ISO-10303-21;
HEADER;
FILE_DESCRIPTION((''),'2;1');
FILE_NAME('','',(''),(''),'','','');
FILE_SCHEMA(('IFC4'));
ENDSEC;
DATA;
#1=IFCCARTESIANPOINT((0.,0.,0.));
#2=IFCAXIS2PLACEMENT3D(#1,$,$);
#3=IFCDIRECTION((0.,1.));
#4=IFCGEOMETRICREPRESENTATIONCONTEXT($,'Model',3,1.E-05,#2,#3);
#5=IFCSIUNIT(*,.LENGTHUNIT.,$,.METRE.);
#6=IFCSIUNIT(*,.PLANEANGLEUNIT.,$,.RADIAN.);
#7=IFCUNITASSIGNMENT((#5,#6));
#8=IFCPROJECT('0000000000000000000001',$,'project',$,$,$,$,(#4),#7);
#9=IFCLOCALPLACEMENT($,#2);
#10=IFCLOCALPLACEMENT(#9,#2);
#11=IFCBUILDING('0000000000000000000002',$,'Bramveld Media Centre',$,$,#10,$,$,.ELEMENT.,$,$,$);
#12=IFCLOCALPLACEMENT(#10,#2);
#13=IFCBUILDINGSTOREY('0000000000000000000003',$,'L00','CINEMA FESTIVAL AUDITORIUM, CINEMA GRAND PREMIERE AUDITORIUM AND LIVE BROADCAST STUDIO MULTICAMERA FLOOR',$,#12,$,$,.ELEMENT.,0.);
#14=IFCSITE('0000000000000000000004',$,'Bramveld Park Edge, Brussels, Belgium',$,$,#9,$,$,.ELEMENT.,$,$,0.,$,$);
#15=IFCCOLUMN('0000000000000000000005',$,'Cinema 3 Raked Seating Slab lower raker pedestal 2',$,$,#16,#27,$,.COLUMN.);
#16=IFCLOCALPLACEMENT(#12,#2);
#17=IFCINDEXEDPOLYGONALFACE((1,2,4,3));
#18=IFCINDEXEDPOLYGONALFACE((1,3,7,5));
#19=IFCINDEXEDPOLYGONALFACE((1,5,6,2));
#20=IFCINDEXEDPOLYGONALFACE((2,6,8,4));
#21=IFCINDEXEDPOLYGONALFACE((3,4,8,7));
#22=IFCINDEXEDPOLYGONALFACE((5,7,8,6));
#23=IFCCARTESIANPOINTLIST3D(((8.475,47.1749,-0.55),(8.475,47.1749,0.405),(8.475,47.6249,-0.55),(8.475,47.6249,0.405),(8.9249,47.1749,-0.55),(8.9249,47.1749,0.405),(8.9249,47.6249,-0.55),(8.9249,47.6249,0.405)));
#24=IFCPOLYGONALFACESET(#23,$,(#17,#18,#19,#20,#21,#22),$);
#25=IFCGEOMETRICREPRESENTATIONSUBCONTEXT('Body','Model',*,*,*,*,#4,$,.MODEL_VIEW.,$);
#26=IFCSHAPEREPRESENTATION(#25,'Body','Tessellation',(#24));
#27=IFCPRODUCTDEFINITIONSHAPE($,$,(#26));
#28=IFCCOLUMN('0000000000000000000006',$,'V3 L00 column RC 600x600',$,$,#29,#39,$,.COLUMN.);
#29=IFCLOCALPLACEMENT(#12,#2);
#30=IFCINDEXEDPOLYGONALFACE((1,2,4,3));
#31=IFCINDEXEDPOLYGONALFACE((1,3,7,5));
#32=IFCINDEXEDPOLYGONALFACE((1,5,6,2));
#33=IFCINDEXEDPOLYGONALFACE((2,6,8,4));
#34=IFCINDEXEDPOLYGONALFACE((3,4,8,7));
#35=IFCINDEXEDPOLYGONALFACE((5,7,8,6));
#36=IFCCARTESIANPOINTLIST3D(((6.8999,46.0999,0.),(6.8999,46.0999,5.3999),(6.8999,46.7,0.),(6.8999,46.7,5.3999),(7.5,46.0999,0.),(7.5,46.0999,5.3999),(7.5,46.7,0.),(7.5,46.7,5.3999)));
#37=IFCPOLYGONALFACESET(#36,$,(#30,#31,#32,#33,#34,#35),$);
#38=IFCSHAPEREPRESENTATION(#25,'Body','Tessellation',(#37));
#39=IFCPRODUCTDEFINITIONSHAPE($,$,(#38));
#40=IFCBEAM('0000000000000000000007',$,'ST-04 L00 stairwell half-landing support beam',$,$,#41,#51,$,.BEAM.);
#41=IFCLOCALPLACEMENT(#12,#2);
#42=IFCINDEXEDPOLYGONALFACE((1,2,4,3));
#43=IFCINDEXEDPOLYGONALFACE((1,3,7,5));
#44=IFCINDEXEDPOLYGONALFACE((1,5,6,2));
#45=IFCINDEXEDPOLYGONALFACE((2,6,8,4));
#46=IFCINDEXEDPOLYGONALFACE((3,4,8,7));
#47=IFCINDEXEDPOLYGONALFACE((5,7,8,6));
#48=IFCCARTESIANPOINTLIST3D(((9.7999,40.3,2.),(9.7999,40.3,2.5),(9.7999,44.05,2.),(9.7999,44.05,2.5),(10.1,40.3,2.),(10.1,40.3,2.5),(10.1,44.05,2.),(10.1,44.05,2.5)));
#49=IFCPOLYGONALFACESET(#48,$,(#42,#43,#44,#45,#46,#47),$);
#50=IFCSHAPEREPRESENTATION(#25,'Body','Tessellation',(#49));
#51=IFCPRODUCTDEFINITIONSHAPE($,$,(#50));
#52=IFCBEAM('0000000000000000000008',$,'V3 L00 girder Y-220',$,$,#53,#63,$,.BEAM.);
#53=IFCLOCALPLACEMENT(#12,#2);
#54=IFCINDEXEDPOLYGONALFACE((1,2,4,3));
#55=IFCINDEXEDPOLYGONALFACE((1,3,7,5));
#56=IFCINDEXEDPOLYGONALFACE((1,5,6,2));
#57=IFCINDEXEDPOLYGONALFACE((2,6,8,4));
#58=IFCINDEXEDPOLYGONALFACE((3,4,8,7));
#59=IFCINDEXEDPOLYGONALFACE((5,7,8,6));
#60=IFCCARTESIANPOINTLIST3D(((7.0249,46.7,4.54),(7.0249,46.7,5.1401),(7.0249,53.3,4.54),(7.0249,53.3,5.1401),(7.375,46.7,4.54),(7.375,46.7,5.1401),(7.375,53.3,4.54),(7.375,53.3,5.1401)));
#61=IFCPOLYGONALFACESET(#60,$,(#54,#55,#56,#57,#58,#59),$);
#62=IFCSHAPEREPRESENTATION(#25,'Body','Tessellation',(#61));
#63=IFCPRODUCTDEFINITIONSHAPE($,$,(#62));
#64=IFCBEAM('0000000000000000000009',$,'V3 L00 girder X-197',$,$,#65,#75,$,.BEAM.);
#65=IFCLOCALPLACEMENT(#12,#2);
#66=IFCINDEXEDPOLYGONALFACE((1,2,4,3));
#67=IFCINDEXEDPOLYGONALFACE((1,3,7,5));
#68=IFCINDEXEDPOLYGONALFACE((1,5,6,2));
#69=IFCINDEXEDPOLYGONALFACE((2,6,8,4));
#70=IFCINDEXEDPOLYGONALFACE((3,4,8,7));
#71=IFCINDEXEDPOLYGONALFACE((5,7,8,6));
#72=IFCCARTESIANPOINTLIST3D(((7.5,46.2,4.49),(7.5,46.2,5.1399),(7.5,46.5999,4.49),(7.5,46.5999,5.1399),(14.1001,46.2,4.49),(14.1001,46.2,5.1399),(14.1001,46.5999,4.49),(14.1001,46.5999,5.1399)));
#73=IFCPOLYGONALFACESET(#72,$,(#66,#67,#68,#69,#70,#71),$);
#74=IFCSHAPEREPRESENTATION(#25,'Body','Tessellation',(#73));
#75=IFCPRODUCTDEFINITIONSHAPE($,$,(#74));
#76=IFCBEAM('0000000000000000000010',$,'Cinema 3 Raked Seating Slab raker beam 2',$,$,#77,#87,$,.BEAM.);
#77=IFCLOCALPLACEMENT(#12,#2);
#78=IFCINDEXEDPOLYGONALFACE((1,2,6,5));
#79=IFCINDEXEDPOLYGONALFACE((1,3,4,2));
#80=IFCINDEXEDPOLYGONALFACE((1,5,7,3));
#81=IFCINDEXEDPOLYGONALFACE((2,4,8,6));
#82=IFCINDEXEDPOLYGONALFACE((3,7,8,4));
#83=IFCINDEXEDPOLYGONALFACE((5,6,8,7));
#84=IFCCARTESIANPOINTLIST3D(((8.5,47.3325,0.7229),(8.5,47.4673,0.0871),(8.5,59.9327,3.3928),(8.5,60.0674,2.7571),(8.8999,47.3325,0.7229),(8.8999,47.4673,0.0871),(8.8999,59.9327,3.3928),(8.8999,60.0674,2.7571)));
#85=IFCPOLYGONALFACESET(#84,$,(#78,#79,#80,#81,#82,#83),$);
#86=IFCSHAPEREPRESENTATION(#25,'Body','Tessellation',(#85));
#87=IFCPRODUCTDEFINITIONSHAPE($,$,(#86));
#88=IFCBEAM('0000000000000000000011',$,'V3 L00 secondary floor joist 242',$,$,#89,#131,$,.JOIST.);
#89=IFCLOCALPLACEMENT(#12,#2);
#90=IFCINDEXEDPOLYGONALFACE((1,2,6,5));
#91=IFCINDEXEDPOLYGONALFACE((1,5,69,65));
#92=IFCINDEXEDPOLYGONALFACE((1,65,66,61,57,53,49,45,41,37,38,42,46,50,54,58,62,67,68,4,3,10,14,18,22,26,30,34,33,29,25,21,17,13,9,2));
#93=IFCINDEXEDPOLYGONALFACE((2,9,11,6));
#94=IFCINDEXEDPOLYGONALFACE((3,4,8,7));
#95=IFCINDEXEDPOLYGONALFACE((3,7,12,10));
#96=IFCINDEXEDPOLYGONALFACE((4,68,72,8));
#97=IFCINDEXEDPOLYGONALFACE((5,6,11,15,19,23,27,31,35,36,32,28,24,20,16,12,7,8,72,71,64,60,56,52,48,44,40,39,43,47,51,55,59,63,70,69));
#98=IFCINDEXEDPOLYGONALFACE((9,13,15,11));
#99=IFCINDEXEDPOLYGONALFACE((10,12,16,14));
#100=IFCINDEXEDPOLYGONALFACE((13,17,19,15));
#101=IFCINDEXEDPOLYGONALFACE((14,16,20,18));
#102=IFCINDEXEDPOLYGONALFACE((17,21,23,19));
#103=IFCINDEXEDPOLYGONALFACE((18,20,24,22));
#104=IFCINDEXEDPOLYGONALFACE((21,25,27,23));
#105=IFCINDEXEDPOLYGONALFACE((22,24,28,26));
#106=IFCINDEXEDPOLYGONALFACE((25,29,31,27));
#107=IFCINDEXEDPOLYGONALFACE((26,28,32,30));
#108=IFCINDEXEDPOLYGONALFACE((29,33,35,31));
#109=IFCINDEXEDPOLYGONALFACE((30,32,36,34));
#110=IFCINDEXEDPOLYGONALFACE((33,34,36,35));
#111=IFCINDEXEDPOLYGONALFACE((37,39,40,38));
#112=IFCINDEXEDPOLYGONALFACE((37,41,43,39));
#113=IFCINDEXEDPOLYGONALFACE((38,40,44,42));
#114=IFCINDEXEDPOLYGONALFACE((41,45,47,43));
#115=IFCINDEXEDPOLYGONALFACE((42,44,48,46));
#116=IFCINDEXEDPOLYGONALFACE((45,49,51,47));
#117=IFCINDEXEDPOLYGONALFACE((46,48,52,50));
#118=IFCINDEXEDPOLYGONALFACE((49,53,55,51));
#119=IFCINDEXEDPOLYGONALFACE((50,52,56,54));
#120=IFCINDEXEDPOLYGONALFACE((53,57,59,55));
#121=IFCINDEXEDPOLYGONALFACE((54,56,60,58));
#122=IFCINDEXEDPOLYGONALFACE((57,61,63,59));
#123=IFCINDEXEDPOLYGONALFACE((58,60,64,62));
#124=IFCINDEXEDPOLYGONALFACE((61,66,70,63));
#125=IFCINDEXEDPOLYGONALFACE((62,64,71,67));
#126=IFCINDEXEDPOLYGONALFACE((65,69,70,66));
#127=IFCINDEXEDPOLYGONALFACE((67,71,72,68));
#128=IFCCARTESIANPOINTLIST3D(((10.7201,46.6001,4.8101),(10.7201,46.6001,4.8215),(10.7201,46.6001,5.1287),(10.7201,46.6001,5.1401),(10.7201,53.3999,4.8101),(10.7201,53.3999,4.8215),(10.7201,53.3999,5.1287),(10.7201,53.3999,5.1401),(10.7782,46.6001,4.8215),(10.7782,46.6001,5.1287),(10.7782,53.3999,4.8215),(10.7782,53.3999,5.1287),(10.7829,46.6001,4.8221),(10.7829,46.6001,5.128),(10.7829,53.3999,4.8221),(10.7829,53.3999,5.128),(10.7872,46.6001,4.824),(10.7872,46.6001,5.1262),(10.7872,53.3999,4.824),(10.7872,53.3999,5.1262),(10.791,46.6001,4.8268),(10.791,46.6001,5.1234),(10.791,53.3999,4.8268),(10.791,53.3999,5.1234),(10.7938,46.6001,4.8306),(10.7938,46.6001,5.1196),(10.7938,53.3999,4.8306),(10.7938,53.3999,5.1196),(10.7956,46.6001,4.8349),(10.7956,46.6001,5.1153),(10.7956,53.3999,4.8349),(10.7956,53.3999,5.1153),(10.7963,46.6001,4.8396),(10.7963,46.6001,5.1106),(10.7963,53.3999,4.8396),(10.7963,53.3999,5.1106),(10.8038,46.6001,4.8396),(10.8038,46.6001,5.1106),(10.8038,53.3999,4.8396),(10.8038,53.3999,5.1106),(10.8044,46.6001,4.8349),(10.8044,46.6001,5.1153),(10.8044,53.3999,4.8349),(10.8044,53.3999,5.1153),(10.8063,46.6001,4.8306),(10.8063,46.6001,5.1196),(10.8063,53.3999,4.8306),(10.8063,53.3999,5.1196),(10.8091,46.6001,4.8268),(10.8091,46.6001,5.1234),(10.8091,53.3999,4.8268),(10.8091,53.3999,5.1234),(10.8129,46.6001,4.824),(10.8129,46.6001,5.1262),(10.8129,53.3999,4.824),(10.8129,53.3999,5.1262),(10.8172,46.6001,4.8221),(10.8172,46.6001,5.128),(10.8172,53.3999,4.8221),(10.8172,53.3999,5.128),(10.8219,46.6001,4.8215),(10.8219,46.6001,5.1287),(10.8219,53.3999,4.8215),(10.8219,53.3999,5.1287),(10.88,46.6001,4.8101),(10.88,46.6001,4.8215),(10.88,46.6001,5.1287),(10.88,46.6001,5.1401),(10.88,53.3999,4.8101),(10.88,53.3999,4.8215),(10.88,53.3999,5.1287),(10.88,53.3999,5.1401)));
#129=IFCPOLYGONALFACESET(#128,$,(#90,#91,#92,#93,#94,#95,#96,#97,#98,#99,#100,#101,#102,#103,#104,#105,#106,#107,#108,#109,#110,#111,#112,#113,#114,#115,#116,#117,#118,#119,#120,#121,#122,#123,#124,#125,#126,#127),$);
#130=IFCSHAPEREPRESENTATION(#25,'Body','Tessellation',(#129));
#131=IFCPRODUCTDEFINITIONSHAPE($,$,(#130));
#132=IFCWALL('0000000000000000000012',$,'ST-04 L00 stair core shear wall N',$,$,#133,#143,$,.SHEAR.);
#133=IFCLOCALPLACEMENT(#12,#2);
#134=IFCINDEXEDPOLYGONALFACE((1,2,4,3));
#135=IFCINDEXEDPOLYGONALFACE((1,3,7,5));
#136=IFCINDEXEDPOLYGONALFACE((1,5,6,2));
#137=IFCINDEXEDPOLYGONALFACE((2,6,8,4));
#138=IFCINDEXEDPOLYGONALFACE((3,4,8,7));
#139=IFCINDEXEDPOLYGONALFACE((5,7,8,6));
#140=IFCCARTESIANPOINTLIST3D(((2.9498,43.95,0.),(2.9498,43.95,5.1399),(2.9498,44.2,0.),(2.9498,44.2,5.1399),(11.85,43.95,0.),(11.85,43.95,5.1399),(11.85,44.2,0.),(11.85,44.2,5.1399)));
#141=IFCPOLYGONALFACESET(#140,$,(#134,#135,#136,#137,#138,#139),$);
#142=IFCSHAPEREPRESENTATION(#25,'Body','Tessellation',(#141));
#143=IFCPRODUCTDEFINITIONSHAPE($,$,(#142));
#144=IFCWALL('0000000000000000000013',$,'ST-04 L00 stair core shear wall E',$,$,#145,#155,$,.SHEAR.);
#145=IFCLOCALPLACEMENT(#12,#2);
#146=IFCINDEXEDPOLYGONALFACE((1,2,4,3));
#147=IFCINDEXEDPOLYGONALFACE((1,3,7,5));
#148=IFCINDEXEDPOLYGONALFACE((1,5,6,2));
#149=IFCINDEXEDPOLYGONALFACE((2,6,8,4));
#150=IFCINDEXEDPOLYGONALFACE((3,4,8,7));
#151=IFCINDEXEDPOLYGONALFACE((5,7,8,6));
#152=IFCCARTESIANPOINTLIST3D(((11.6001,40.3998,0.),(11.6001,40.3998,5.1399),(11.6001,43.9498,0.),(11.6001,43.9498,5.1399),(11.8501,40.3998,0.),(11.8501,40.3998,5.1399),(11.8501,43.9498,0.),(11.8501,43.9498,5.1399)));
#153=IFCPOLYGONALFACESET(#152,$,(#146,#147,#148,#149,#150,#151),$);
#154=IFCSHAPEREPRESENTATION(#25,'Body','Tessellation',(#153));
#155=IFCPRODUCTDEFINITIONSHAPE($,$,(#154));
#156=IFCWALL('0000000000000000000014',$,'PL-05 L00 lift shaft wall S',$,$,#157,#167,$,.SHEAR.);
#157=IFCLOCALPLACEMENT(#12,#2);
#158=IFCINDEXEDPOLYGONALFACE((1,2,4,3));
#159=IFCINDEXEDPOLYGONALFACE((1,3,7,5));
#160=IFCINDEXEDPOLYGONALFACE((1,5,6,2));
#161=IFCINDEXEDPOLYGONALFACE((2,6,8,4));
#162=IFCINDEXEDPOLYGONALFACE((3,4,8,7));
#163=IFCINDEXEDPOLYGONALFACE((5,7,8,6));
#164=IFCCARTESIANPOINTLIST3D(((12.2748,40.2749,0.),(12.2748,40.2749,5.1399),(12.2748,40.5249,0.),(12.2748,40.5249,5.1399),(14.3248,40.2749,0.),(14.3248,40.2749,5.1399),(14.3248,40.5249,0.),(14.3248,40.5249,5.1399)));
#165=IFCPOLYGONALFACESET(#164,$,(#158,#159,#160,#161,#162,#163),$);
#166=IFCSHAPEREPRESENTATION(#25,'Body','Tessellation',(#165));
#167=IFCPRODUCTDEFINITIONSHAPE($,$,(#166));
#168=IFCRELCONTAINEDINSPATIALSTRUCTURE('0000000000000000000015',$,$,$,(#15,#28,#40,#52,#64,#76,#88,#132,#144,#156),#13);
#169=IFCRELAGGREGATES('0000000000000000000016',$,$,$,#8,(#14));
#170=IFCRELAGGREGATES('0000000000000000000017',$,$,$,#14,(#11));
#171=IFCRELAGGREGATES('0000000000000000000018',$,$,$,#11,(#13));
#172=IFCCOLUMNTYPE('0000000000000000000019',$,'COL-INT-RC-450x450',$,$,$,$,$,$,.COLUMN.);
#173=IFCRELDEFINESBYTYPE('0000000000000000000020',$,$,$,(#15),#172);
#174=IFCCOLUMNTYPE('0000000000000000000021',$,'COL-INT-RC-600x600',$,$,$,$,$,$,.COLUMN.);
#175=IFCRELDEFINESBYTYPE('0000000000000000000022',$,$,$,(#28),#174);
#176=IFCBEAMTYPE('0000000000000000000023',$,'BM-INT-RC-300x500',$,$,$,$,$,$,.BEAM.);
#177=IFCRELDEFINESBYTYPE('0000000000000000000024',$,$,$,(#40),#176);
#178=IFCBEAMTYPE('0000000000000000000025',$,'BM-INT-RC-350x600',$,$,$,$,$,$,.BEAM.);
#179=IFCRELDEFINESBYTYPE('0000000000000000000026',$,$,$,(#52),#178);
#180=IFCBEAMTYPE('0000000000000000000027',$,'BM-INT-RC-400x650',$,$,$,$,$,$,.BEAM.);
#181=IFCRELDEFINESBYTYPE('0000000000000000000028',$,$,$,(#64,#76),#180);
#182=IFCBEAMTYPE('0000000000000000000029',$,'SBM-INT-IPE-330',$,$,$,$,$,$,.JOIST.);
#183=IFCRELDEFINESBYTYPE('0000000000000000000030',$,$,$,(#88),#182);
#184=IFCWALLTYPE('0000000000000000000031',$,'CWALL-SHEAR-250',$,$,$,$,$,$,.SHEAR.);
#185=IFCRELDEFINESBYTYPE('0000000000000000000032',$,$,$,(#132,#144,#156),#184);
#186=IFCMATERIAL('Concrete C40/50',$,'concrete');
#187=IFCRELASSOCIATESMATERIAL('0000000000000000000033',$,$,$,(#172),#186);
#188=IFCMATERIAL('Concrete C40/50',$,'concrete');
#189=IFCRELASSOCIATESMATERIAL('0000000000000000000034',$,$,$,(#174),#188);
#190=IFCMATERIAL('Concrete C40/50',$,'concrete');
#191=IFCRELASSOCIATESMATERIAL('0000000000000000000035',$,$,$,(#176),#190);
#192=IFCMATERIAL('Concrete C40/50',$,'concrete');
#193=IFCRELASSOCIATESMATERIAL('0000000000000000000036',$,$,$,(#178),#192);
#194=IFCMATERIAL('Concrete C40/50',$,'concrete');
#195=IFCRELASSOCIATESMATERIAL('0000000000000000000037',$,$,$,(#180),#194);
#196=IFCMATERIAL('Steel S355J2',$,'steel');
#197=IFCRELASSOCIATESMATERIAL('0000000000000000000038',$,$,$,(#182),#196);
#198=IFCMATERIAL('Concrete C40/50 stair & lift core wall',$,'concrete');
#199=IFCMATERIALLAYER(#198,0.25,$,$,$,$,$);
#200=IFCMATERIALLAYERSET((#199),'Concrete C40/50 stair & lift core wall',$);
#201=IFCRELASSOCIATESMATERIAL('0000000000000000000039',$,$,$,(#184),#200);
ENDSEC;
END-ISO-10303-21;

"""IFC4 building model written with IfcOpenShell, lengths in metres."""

from ifc_helpers import new_model, si_unit, direction, frame, frame_2d, origin, origin_2d, place, context, subcontext, project, spatial, rectangle, i_section, extrude, material, layer, layer_set, material_profile, profile_set, type_object, element, save


model = new_model("IFC4")

# Units and contexts
model_context = context("Model", 3, precision=1e-05, world=origin(), true_north=direction((0.0, 1.0)))
body_context = subcontext(model_context, "Body", "Model", "MODEL_VIEW")
ifc_project = project(units=[si_unit("LENGTHUNIT", "METRE"), si_unit("PLANEANGLEUNIT", "RADIAN")], contexts=[model_context])

# Site, building, storey
site_placement = place(None, origin())
site = spatial("IfcSite", under=ifc_project, at=site_placement, Name="Bramveld Park Edge, Brussels, Belgium", CompositionType="ELEMENT", RefElevation=0.0)
building_placement = place(site_placement, origin())
building = spatial("IfcBuilding", under=site, at=building_placement, Name="Bramveld Media Centre", CompositionType="ELEMENT")
storey_placement = place(building_placement, origin())
storey = spatial("IfcBuildingStorey", under=building, at=storey_placement, Name="L00", Description="CINEMA FESTIVAL AUDITORIUM, CINEMA GRAND PREMIERE AUDITORIUM AND LIVE BROADCAST STUDIO MULTICAMERA FLOOR", CompositionType="ELEMENT", Elevation=0.0)

# Columns
ifc_material_1 = material(Name="Concrete C40/50", Category="concrete")
ifc_material_profile_1 = material_profile(ifc_material_1, rectangle(XDim=0.45, YDim=0.45, at=origin_2d()), Name="RC 450x450")
ifc_profile_set_1 = profile_set([ifc_material_profile_1], Name="Concrete C40/50")
column_type_1 = type_object("IfcColumnType", Name="COL-INT-RC-450x450", PredefinedType="COLUMN", material=ifc_profile_set_1)
column_1_placement = place(storey_placement, frame((8.7, 47.3999, -0.55), z_axis=(0.0, 0.0, 1.0), x_axis=(1.0, 0.0, 0.0)))
element("IfcColumn", 1, at=column_1_placement, inside=storey, type_object=column_type_1, Name="Cinema 3 Raked Seating Slab lower raker pedestal 2", PredefinedType="COLUMN", context=body_context, shape_type="SweptSolid", body=[
    extrude(rectangle(XDim=0.45, YDim=0.45, at=origin_2d()), origin(), (0.0, 0.0, 1.0), 0.9551),
])
ifc_material_2 = material(Name="Concrete C40/50", Category="concrete")
ifc_material_profile_2 = material_profile(ifc_material_2, rectangle(XDim=0.6001, YDim=0.6001, at=origin_2d()), Name="RC 600x600")
ifc_profile_set_2 = profile_set([ifc_material_profile_2], Name="Concrete C40/50")
column_type_2 = type_object("IfcColumnType", Name="COL-INT-RC-600x600", PredefinedType="COLUMN", material=ifc_profile_set_2)
column_2_placement = place(storey_placement, frame((7.2, 46.3999, 0.0), z_axis=(0.0, 0.0, 1.0), x_axis=(1.0, 0.0, 0.0)))
element("IfcColumn", 2, at=column_2_placement, inside=storey, type_object=column_type_2, Name="V3 L00 column RC 600x600", PredefinedType="COLUMN", context=body_context, shape_type="SweptSolid", body=[
    extrude(rectangle(XDim=0.6001, YDim=0.6001, at=origin_2d()), origin(), (0.0, 0.0, 1.0), 5.3999),
])

# Beams
ifc_material_3 = material(Name="Concrete C40/50", Category="concrete")
ifc_material_profile_3 = material_profile(ifc_material_3, rectangle(XDim=0.3, YDim=0.5, at=origin_2d()), Name="RC 300x500")
ifc_profile_set_3 = profile_set([ifc_material_profile_3], Name="Concrete C40/50")
beam_type_1 = type_object("IfcBeamType", Name="BM-INT-RC-300x500", PredefinedType="BEAM", material=ifc_profile_set_3)
beam_1_placement = place(storey_placement, frame((9.95, 40.3, 2.25), z_axis=(0.0, 1.0, 0.0), x_axis=(-1.0, 0.0, 0.0)))
element("IfcBeam", 3, at=beam_1_placement, inside=storey, type_object=beam_type_1, Name="ST-04 L00 stairwell half-landing support beam", PredefinedType="BEAM", context=body_context, shape_type="SweptSolid", body=[
    extrude(rectangle(XDim=0.3, YDim=0.5, at=origin_2d()), origin(), (0.0, 0.0, 1.0), 3.75),
])
ifc_material_4 = material(Name="Concrete C40/50", Category="concrete")
ifc_material_profile_4 = material_profile(ifc_material_4, rectangle(XDim=0.3501, YDim=0.6001, at=origin_2d()), Name="RC 350x600")
ifc_profile_set_4 = profile_set([ifc_material_profile_4], Name="Concrete C40/50")
beam_type_2 = type_object("IfcBeamType", Name="BM-INT-RC-350x600", PredefinedType="BEAM", material=ifc_profile_set_4)
beam_2_placement = place(storey_placement, frame((7.2, 46.7, 4.8401), z_axis=(0.0, 1.0, 0.0), x_axis=(-1.0, 0.0, 0.0)))
element("IfcBeam", 4, at=beam_2_placement, inside=storey, type_object=beam_type_2, Name="V3 L00 girder Y-220", PredefinedType="BEAM", context=body_context, shape_type="SweptSolid", body=[
    extrude(rectangle(XDim=0.3501, YDim=0.6001, at=origin_2d()), origin(), (0.0, 0.0, 1.0), 6.6001),
])
ifc_material_5 = material(Name="Concrete C40/50", Category="concrete")
ifc_material_profile_5 = material_profile(ifc_material_5, rectangle(XDim=0.3999, YDim=0.6499, at=origin_2d()), Name="RC 400x650")
ifc_profile_set_5 = profile_set([ifc_material_profile_5], Name="Concrete C40/50")
beam_type_3 = type_object("IfcBeamType", Name="BM-INT-RC-400x650", PredefinedType="BEAM", material=ifc_profile_set_5)
beam_3_placement = place(storey_placement, frame((7.5, 46.3999, 4.8149), z_axis=(1.0, 0.0, 0.0), x_axis=(0.0, 1.0, 0.0)))
element("IfcBeam", 5, at=beam_3_placement, inside=storey, type_object=beam_type_3, Name="V3 L00 girder X-197", PredefinedType="BEAM", context=body_context, shape_type="SweptSolid", body=[
    extrude(rectangle(XDim=0.3999, YDim=0.6499, at=origin_2d()), origin(), (0.0, 0.0, 1.0), 6.6001),
])
beam_4_placement = place(storey_placement, frame((8.7, 47.3999, 0.405), z_axis=(0.0, 0.978279, 0.207294), x_axis=(-1.0, 0.0, 0.0)))
element("IfcBeam", 6, at=beam_4_placement, inside=storey, type_object=beam_type_3, Name="Cinema 3 Raked Seating Slab raker beam 2", PredefinedType="BEAM", context=body_context, shape_type="SweptSolid", body=[
    extrude(rectangle(XDim=0.3999, YDim=0.6499, at=origin_2d()), origin(), (0.0, 0.0, 1.0), 12.8799),
])
ifc_material_6 = material(Name="Steel S355J2", Category="steel")
ifc_material_profile_6 = material_profile(ifc_material_6, i_section(OverallWidth=0.1599, OverallDepth=0.3301, WebThickness=0.0076, FlangeThickness=0.0115, FilletRadius=0.0181, at=origin_2d()), Name="IPE 330")
ifc_profile_set_6 = profile_set([ifc_material_profile_6], Name="Steel S355J2")
beam_type_4 = type_object("IfcBeamType", Name="SBM-INT-IPE-330", PredefinedType="JOIST", material=ifc_profile_set_6)
beam_5_placement = place(storey_placement, frame((10.8, 46.6001, 4.9751), z_axis=(0.0, 1.0, 0.0), x_axis=(-1.0, 0.0, 0.0)))
element("IfcBeam", 7, at=beam_5_placement, inside=storey, type_object=beam_type_4, Name="V3 L00 secondary floor joist 242", PredefinedType="JOIST", context=body_context, shape_type="SweptSolid", body=[
    extrude(i_section(OverallWidth=0.1599, OverallDepth=0.3301, WebThickness=0.0076, FlangeThickness=0.0115, FilletRadius=0.0181, at=origin_2d()), origin(), (0.0, 0.0, 1.0), 6.7998),
])

# Walls
ifc_material_7 = material(Name="Concrete C40/50 stair & lift core wall", Category="concrete")
ifc_layer = layer(ifc_material_7, 0.25)
ifc_layer_set = layer_set([ifc_layer], Name="Concrete C40/50 stair & lift core wall")
wall_type = type_object("IfcWallType", Name="CWALL-SHEAR-250", PredefinedType="SHEAR", material=ifc_layer_set)
wall_1_placement = place(storey_placement, frame((11.8501, 44.075, 0.0), z_axis=(0.0, 0.0, 1.0), x_axis=(-1.0, 0.0, 0.0)))
element("IfcWall", 8, at=wall_1_placement, inside=storey, type_object=wall_type, Name="ST-04 L00 stair core shear wall N", PredefinedType="SHEAR", context=body_context, shape_type="SweptSolid", body=[
    extrude(rectangle(XDim=8.9001, YDim=0.25, at=frame_2d((4.4502, 0.0))), origin(), (0.0, 0.0, 1.0), 5.1399),
])
wall_2_placement = place(storey_placement, frame((11.7251, 40.3999, 0.0), z_axis=(0.0, 0.0, 1.0), x_axis=(0.0, 1.0, 0.0)))
element("IfcWall", 9, at=wall_2_placement, inside=storey, type_object=wall_type, Name="ST-04 L00 stair core shear wall E", PredefinedType="SHEAR", context=body_context, shape_type="SweptSolid", body=[
    extrude(rectangle(XDim=3.55, YDim=0.25, at=frame_2d((1.7749, 0.0))), origin(), (0.0, 0.0, 1.0), 5.1399),
])
wall_3_placement = place(storey_placement, frame((12.2749, 40.3999, 0.0), z_axis=(0.0, 0.0, 1.0), x_axis=(1.0, 0.0, 0.0)))
element("IfcWall", 10, at=wall_3_placement, inside=storey, type_object=wall_type, Name="PL-05 L00 lift shaft wall S", PredefinedType="SHEAR", context=body_context, shape_type="SweptSolid", body=[
    extrude(rectangle(XDim=2.05, YDim=0.25, at=frame_2d((1.0249, 0.0))), origin(), (0.0, 0.0, 1.0), 5.1399),
])

save(model, "model.ifc")
